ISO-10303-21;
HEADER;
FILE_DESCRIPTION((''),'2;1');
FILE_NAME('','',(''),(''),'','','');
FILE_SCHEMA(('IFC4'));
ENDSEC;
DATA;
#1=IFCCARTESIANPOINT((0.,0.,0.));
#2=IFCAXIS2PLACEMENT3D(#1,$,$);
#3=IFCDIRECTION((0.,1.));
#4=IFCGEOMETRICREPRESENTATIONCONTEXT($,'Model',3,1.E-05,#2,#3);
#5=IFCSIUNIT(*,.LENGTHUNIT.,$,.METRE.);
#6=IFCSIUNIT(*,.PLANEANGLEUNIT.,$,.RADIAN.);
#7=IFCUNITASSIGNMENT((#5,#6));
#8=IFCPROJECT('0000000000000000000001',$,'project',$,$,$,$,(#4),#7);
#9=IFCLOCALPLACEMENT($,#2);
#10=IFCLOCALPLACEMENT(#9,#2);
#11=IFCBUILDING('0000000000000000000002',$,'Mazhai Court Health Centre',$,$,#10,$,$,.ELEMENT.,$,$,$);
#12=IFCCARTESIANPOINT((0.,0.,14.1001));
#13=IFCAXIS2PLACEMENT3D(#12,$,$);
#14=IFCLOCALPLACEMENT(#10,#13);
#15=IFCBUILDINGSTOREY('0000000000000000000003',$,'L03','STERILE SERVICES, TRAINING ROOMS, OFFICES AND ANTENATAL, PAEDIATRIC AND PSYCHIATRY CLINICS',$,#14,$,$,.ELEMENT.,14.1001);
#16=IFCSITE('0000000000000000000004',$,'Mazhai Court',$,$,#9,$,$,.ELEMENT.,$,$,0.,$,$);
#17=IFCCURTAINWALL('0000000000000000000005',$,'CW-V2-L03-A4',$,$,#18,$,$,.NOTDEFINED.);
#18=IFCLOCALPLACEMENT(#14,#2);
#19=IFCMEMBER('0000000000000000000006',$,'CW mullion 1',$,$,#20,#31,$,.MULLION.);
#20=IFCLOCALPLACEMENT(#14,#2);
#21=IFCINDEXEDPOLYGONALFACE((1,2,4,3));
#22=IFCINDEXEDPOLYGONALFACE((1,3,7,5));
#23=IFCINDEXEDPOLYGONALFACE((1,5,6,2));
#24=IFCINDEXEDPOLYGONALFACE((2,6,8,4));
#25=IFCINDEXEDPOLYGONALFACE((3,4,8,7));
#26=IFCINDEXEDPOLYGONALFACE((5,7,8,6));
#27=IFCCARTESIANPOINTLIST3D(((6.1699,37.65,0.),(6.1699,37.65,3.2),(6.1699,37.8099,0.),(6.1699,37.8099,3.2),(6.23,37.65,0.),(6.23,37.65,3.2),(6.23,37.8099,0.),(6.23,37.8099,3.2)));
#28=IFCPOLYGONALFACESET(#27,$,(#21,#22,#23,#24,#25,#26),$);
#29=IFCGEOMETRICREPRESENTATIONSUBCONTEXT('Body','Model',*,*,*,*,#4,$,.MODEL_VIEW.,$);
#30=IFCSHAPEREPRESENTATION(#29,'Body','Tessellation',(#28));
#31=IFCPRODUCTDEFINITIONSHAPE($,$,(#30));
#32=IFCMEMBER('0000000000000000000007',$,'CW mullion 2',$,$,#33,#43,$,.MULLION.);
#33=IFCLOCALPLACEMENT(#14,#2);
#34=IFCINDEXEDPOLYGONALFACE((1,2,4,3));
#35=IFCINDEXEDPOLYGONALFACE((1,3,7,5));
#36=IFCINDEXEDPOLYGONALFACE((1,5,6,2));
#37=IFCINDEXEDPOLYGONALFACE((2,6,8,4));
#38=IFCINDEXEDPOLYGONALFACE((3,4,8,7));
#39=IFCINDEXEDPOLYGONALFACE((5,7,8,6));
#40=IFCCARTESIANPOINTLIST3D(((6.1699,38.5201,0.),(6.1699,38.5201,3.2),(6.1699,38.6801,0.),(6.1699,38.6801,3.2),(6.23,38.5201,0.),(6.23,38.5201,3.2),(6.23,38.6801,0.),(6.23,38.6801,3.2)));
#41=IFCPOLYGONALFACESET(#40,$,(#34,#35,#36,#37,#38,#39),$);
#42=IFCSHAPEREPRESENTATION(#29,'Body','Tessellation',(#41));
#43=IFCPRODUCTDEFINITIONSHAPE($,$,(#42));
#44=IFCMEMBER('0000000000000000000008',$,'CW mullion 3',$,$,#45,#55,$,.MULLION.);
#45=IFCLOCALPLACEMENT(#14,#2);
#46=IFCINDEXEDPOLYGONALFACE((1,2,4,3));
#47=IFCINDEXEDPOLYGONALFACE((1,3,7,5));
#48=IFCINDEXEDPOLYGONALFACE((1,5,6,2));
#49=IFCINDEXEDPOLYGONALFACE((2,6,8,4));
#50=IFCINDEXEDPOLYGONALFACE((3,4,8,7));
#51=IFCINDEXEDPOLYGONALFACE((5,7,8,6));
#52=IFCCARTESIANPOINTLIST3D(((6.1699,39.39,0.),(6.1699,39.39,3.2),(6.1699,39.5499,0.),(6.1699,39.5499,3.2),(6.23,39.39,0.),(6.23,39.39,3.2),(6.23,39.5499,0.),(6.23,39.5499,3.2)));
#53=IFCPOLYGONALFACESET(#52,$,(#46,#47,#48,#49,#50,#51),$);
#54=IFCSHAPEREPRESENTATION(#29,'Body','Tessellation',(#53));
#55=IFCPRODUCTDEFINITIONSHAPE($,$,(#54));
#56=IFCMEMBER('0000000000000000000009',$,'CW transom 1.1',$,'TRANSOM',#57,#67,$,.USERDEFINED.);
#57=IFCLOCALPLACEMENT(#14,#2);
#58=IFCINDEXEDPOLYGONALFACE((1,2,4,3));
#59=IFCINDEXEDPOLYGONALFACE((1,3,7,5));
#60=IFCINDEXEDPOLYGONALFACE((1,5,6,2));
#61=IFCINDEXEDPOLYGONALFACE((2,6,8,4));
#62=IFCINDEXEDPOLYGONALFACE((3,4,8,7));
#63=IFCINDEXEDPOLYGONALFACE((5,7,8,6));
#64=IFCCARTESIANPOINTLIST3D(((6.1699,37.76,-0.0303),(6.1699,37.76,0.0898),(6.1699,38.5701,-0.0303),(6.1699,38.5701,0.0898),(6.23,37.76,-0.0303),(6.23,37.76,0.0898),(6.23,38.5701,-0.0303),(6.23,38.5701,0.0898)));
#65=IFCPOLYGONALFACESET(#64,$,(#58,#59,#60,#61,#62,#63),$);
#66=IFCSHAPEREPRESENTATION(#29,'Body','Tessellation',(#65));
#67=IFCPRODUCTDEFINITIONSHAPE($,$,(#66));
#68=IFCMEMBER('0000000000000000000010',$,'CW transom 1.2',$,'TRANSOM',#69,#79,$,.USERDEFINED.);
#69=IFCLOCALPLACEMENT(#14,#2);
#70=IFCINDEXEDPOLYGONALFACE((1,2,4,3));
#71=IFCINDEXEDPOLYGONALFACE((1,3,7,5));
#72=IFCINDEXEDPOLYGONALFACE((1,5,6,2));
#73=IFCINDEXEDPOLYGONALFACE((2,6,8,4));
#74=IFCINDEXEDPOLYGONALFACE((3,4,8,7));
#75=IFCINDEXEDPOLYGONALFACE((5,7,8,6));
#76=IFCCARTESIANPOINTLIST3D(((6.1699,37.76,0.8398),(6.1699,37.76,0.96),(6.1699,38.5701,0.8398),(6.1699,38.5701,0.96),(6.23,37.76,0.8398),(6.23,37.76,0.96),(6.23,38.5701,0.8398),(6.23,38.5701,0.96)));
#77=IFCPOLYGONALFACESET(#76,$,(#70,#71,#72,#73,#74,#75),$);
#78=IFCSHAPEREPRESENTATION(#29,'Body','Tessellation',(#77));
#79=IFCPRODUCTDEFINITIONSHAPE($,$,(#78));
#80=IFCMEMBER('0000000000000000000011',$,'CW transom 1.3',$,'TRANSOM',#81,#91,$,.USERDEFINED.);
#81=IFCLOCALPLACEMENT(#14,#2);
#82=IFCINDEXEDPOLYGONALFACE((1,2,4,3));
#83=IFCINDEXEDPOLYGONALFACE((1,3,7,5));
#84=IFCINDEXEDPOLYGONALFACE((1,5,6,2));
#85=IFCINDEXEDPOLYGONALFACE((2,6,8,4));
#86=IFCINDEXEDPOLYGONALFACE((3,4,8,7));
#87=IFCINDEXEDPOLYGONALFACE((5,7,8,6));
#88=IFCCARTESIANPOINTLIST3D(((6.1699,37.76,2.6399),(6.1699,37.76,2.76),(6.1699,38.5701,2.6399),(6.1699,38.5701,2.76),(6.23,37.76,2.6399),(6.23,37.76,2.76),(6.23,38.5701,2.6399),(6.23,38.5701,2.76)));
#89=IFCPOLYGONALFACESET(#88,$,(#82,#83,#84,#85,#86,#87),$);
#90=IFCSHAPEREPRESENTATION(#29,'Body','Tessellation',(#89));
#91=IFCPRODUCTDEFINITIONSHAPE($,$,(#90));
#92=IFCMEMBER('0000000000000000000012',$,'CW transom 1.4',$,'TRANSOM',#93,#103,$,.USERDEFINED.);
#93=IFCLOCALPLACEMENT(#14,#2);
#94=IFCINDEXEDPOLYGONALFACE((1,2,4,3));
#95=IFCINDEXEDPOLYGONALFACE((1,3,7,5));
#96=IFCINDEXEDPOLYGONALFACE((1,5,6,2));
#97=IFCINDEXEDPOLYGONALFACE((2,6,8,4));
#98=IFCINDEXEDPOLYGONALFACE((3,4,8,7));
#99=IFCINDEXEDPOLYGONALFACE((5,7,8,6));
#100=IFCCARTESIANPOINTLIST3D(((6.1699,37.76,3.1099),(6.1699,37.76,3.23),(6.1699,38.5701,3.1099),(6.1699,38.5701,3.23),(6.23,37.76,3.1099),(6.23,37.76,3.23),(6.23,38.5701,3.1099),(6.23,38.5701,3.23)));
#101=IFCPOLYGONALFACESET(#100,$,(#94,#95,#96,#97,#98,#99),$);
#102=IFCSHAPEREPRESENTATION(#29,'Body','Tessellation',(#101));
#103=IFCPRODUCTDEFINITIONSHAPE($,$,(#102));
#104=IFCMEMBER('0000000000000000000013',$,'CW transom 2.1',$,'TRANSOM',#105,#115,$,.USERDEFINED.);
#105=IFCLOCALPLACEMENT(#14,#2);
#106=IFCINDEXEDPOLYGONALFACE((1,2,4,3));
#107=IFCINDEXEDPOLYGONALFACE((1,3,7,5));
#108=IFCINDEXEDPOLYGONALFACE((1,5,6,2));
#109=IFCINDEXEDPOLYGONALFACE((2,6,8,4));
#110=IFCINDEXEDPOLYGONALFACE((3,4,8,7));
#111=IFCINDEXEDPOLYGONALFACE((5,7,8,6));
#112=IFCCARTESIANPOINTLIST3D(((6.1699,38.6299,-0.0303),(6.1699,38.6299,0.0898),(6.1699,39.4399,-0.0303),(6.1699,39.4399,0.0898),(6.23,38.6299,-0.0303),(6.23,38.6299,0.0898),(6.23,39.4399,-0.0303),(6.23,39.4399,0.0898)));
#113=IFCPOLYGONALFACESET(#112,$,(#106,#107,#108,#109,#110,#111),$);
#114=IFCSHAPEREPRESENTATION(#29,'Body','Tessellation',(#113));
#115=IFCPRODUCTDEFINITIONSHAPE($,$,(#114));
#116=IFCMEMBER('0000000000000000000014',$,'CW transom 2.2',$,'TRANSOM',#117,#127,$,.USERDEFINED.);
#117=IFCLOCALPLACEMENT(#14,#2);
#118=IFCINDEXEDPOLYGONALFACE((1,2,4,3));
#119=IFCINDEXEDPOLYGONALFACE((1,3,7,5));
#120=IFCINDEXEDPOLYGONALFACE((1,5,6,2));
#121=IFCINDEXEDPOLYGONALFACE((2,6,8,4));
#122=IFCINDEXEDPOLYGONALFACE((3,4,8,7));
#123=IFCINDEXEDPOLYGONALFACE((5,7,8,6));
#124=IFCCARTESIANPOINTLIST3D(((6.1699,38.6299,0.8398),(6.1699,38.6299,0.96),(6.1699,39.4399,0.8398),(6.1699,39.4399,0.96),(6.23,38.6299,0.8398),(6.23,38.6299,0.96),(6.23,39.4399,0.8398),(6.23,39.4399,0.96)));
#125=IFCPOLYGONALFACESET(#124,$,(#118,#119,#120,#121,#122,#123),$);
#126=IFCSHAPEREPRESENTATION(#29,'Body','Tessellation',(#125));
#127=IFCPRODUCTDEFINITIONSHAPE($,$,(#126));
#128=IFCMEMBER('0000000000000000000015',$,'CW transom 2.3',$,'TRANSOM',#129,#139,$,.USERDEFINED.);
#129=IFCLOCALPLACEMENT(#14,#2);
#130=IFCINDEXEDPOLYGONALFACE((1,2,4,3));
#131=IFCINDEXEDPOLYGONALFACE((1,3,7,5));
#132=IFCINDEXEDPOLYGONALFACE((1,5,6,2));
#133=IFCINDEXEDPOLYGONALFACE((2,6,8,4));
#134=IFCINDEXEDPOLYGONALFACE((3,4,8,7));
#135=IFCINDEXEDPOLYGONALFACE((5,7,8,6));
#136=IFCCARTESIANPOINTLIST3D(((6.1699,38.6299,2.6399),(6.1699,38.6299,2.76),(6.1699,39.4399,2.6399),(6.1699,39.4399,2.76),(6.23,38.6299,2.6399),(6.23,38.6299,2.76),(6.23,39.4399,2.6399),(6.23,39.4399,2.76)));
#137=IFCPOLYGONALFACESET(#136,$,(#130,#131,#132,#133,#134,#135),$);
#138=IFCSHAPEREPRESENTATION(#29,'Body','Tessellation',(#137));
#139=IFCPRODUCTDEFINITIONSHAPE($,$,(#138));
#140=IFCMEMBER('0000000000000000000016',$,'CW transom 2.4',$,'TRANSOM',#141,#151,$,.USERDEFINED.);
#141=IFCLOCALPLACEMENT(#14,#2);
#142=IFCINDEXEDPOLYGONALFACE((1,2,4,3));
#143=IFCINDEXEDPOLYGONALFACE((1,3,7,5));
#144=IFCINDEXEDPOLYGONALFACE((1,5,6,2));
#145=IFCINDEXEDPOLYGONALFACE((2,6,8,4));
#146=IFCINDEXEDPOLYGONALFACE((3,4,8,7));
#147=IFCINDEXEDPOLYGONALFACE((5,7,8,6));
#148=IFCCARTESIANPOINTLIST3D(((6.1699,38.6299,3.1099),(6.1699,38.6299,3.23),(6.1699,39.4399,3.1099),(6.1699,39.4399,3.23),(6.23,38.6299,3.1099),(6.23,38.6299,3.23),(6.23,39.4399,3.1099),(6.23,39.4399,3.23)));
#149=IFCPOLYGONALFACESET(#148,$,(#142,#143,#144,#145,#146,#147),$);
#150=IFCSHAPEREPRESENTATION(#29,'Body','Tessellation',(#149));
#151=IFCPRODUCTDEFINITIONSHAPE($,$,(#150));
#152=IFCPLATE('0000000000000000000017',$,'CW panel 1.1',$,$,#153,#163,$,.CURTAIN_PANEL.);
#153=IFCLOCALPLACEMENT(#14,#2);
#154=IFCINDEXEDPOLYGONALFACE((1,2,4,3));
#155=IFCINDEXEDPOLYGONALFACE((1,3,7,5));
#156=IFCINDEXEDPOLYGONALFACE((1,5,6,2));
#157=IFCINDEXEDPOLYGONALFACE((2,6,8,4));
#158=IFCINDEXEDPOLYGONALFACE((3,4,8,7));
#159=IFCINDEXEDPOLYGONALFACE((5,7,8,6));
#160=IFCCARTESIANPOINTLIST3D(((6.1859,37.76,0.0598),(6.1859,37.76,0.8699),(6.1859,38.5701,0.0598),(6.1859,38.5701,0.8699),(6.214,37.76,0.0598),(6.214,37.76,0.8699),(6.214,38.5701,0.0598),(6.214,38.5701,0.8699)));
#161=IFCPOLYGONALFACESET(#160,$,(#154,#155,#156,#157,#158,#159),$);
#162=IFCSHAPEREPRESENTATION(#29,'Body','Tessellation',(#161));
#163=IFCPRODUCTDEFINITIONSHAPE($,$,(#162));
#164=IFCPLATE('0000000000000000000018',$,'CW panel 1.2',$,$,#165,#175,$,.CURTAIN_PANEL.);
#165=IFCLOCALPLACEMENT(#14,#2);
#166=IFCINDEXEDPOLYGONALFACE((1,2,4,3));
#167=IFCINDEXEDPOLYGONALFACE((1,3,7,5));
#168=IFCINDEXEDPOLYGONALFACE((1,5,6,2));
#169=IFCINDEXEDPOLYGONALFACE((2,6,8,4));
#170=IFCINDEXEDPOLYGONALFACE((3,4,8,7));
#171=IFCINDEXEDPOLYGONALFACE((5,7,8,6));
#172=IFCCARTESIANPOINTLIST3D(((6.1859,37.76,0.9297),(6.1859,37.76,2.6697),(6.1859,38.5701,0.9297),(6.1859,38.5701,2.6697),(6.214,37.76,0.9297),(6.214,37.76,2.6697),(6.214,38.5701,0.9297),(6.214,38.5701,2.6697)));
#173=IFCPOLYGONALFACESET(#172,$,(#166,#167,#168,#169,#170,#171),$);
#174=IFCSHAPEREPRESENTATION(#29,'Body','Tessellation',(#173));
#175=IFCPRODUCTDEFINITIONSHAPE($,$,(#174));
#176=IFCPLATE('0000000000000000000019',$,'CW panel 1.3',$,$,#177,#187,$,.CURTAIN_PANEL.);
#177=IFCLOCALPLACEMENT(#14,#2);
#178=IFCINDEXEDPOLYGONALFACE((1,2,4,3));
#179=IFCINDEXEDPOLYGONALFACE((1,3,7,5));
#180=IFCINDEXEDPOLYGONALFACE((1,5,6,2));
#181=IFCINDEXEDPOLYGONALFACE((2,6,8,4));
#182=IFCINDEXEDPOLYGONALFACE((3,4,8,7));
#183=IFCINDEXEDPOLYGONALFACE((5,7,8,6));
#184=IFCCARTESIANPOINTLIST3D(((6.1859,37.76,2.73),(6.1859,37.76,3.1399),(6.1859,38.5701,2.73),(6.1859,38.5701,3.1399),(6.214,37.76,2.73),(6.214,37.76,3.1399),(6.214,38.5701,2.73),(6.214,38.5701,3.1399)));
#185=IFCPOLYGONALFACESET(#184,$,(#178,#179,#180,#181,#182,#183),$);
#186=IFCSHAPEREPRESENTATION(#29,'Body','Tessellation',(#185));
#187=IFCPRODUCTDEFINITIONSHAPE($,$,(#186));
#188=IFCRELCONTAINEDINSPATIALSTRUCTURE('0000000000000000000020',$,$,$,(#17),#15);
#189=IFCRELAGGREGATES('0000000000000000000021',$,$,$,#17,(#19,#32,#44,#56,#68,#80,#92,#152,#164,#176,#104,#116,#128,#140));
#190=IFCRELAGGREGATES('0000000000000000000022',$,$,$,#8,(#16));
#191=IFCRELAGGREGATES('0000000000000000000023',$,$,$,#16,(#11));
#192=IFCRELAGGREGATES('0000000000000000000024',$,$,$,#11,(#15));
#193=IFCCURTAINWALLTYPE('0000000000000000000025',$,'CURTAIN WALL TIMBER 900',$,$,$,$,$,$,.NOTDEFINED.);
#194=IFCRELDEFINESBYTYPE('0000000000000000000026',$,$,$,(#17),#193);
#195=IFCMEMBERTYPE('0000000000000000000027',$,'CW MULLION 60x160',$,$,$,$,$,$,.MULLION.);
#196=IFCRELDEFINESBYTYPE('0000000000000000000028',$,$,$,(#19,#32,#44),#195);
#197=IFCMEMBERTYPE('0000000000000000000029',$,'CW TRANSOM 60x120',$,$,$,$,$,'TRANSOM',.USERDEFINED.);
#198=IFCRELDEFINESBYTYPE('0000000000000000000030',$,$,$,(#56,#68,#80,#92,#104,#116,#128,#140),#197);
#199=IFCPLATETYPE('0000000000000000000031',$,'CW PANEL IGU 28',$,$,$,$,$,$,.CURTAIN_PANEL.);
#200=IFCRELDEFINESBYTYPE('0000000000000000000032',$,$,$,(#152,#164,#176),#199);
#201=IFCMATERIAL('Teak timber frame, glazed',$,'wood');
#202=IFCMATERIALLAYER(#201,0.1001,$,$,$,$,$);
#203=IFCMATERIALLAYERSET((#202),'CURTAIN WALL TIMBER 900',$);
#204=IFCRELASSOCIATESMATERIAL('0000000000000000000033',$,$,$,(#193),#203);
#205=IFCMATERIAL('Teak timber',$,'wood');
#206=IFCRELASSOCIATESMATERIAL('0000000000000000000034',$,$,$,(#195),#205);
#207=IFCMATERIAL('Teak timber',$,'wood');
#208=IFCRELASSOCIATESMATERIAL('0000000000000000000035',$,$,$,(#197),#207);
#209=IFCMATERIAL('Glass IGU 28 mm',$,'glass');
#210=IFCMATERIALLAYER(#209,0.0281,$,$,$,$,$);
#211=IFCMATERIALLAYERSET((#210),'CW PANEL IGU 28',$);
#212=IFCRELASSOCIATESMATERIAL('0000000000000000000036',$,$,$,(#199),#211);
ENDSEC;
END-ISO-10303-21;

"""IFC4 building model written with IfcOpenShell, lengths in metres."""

from ifc_helpers import new_model, si_unit, direction, frame, origin, origin_2d, place, context, subcontext, project, spatial, rectangle, extrude, material, layer, layer_set, material_profile, profile_set, type_object, element, aggregate, save


model = new_model("IFC4")

# Units and contexts
model_context = context("Model", 3, precision=1e-05, world=origin(), true_north=direction((0.0, 1.0)))
body_context = subcontext(model_context, "Body", "Model", "MODEL_VIEW")
ifc_project = project(units=[si_unit("LENGTHUNIT", "METRE"), si_unit("PLANEANGLEUNIT", "RADIAN")], contexts=[model_context])

# Site, building, storey
site_placement = place(None, origin())
site = spatial("IfcSite", under=ifc_project, at=site_placement, Name="Mazhai Court", CompositionType="ELEMENT", RefElevation=0.0)
building_placement = place(site_placement, origin())
building = spatial("IfcBuilding", under=site, at=building_placement, Name="Mazhai Court Health Centre", CompositionType="ELEMENT")
storey_placement = place(building_placement, frame((0.0, 0.0, 14.1001)))
storey = spatial("IfcBuildingStorey", under=building, at=storey_placement, Name="L03", Description="STERILE SERVICES, TRAINING ROOMS, OFFICES AND ANTENATAL, PAEDIATRIC AND PSYCHIATRY CLINICS", CompositionType="ELEMENT", Elevation=14.1001)

# Curtain wall, members, plates
ifc_material_1 = material(Name="Teak timber frame, glazed", Category="wood")
ifc_layer_1 = layer(ifc_material_1, 0.1001)
ifc_layer_set_1 = layer_set([ifc_layer_1], Name="CURTAIN WALL TIMBER 900")
curtain_wall_type = type_object("IfcCurtainWallType", Name="CURTAIN WALL TIMBER 900", PredefinedType="NOTDEFINED", material=ifc_layer_set_1)
curtain_wall_placement = place(storey_placement, origin())
curtain_wall = element("IfcCurtainWall", 1, at=curtain_wall_placement, inside=storey, type_object=curtain_wall_type, Name="CW-V2-L03-A4", PredefinedType="NOTDEFINED")
ifc_material_2 = material(Name="Teak timber", Category="wood")
ifc_material_profile_1 = material_profile(ifc_material_2, rectangle(XDim=0.0601, YDim=0.1599, at=origin_2d()), Name="CW MULLION 60x160")
ifc_profile_set_1 = profile_set([ifc_material_profile_1], Name="Teak timber")
member_type_1 = type_object("IfcMemberType", Name="CW MULLION 60x160", PredefinedType="MULLION", material=ifc_profile_set_1)
member_1_placement = place(storey_placement, frame((6.2, 37.73, 0.0), z_axis=(0.0, 0.0, 1.0), x_axis=(-1.0, 0.0, 0.0)))
member_1 = element("IfcMember", 2, at=member_1_placement, type_object=member_type_1, Name="CW mullion 1", PredefinedType="MULLION", context=body_context, shape_type="SweptSolid", body=[
    extrude(rectangle(XDim=0.0601, YDim=0.1599, at=origin_2d()), origin(), (0.0, 0.0, 1.0), 3.2),
])
member_2_placement = place(storey_placement, frame((6.2, 38.6001, 0.0), z_axis=(0.0, 0.0, 1.0), x_axis=(-1.0, 0.0, 0.0)))
member_2 = element("IfcMember", 3, at=member_2_placement, type_object=member_type_1, Name="CW mullion 2", PredefinedType="MULLION", context=body_context, shape_type="SweptSolid", body=[
    extrude(rectangle(XDim=0.0601, YDim=0.1599, at=origin_2d()), origin(), (0.0, 0.0, 1.0), 3.2),
])
member_3_placement = place(storey_placement, frame((6.2, 39.47, 0.0), z_axis=(0.0, 0.0, 1.0), x_axis=(-1.0, 0.0, 0.0)))
member_3 = element("IfcMember", 4, at=member_3_placement, type_object=member_type_1, Name="CW mullion 3", PredefinedType="MULLION", context=body_context, shape_type="SweptSolid", body=[
    extrude(rectangle(XDim=0.0601, YDim=0.1599, at=origin_2d()), origin(), (0.0, 0.0, 1.0), 3.2),
])
ifc_material_3 = material(Name="Teak timber", Category="wood")
ifc_material_profile_2 = material_profile(ifc_material_3, rectangle(XDim=0.0601, YDim=0.1201, at=origin_2d()), Name="CW TRANSOM 60x120")
ifc_profile_set_2 = profile_set([ifc_material_profile_2], Name="Teak timber")
member_type_2 = type_object("IfcMemberType", Name="CW TRANSOM 60x120", ElementType="TRANSOM", PredefinedType="USERDEFINED", material=ifc_profile_set_2)
member_4_placement = place(storey_placement, frame((6.2, 37.76, 0.0298), z_axis=(0.0, 1.0, 0.0), x_axis=(-1.0, 0.0, 0.0)))
member_4 = element("IfcMember", 5, at=member_4_placement, type_object=member_type_2, Name="CW transom 1.1", ObjectType="TRANSOM", PredefinedType="USERDEFINED", context=body_context, shape_type="SweptSolid", body=[
    extrude(rectangle(XDim=0.0601, YDim=0.1201, at=origin_2d()), origin(), (0.0, 0.0, 1.0), 0.8101),
])
member_5_placement = place(storey_placement, frame((6.2, 37.76, 0.8999), z_axis=(0.0, 1.0, 0.0), x_axis=(-1.0, 0.0, 0.0)))
member_5 = element("IfcMember", 6, at=member_5_placement, type_object=member_type_2, Name="CW transom 1.2", ObjectType="TRANSOM", PredefinedType="USERDEFINED", context=body_context, shape_type="SweptSolid", body=[
    extrude(rectangle(XDim=0.0601, YDim=0.1201, at=origin_2d()), origin(), (0.0, 0.0, 1.0), 0.8101),
])
member_6_placement = place(storey_placement, frame((6.2, 37.76, 2.7), z_axis=(0.0, 1.0, 0.0), x_axis=(-1.0, 0.0, 0.0)))
member_6 = element("IfcMember", 7, at=member_6_placement, type_object=member_type_2, Name="CW transom 1.3", ObjectType="TRANSOM", PredefinedType="USERDEFINED", context=body_context, shape_type="SweptSolid", body=[
    extrude(rectangle(XDim=0.0601, YDim=0.1201, at=origin_2d()), origin(), (0.0, 0.0, 1.0), 0.8101),
])
member_7_placement = place(storey_placement, frame((6.2, 37.76, 3.1699), z_axis=(0.0, 1.0, 0.0), x_axis=(-1.0, 0.0, 0.0)))
member_7 = element("IfcMember", 8, at=member_7_placement, type_object=member_type_2, Name="CW transom 1.4", ObjectType="TRANSOM", PredefinedType="USERDEFINED", context=body_context, shape_type="SweptSolid", body=[
    extrude(rectangle(XDim=0.0601, YDim=0.1201, at=origin_2d()), origin(), (0.0, 0.0, 1.0), 0.8101),
])
member_8_placement = place(storey_placement, frame((6.2, 38.6299, 0.0298), z_axis=(0.0, 1.0, 0.0), x_axis=(-1.0, 0.0, 0.0)))
member_8 = element("IfcMember", 9, at=member_8_placement, type_object=member_type_2, Name="CW transom 2.1", ObjectType="TRANSOM", PredefinedType="USERDEFINED", context=body_context, shape_type="SweptSolid", body=[
    extrude(rectangle(XDim=0.0601, YDim=0.1201, at=origin_2d()), origin(), (0.0, 0.0, 1.0), 0.8101),
])
member_9_placement = place(storey_placement, frame((6.2, 38.6299, 0.8999), z_axis=(0.0, 1.0, 0.0), x_axis=(-1.0, 0.0, 0.0)))
member_9 = element("IfcMember", 10, at=member_9_placement, type_object=member_type_2, Name="CW transom 2.2", ObjectType="TRANSOM", PredefinedType="USERDEFINED", context=body_context, shape_type="SweptSolid", body=[
    extrude(rectangle(XDim=0.0601, YDim=0.1201, at=origin_2d()), origin(), (0.0, 0.0, 1.0), 0.8101),
])
member_10_placement = place(storey_placement, frame((6.2, 38.6299, 2.7), z_axis=(0.0, 1.0, 0.0), x_axis=(-1.0, 0.0, 0.0)))
member_10 = element("IfcMember", 11, at=member_10_placement, type_object=member_type_2, Name="CW transom 2.3", ObjectType="TRANSOM", PredefinedType="USERDEFINED", context=body_context, shape_type="SweptSolid", body=[
    extrude(rectangle(XDim=0.0601, YDim=0.1201, at=origin_2d()), origin(), (0.0, 0.0, 1.0), 0.8101),
])
member_11_placement = place(storey_placement, frame((6.2, 38.6299, 3.1699), z_axis=(0.0, 1.0, 0.0), x_axis=(-1.0, 0.0, 0.0)))
member_11 = element("IfcMember", 12, at=member_11_placement, type_object=member_type_2, Name="CW transom 2.4", ObjectType="TRANSOM", PredefinedType="USERDEFINED", context=body_context, shape_type="SweptSolid", body=[
    extrude(rectangle(XDim=0.0601, YDim=0.1201, at=origin_2d()), origin(), (0.0, 0.0, 1.0), 0.8101),
])
ifc_material_4 = material(Name="Glass IGU 28 mm", Category="glass")
ifc_layer_2 = layer(ifc_material_4, 0.0281)
ifc_layer_set_2 = layer_set([ifc_layer_2], Name="CW PANEL IGU 28")
plate_type = type_object("IfcPlateType", Name="CW PANEL IGU 28", PredefinedType="CURTAIN_PANEL", material=ifc_layer_set_2)
plate_1_placement = place(storey_placement, frame((6.2, 38.165, 0.0598), z_axis=(0.0, 0.0, 1.0), x_axis=(0.0, 1.0, 0.0)))
plate_1 = element("IfcPlate", 13, at=plate_1_placement, type_object=plate_type, Name="CW panel 1.1", PredefinedType="CURTAIN_PANEL", context=body_context, shape_type="SweptSolid", body=[
    extrude(rectangle(XDim=0.8101, YDim=0.0281, at=origin_2d()), origin(), (0.0, 0.0, 1.0), 0.8101),
])
plate_2_placement = place(storey_placement, frame((6.2, 38.165, 0.9297), z_axis=(0.0, 0.0, 1.0), x_axis=(0.0, 1.0, 0.0)))
plate_2 = element("IfcPlate", 14, at=plate_2_placement, type_object=plate_type, Name="CW panel 1.2", PredefinedType="CURTAIN_PANEL", context=body_context, shape_type="SweptSolid", body=[
    extrude(rectangle(XDim=0.8101, YDim=0.0281, at=origin_2d()), origin(), (0.0, 0.0, 1.0), 1.74),
])
plate_3_placement = place(storey_placement, frame((6.2, 38.165, 2.73), z_axis=(0.0, 0.0, 1.0), x_axis=(0.0, 1.0, 0.0)))
plate_3 = element("IfcPlate", 15, at=plate_3_placement, type_object=plate_type, Name="CW panel 1.3", PredefinedType="CURTAIN_PANEL", context=body_context, shape_type="SweptSolid", body=[
    extrude(rectangle(XDim=0.8101, YDim=0.0281, at=origin_2d()), origin(), (0.0, 0.0, 1.0), 0.4099),
])
aggregate(curtain_wall, [member_1, member_2, member_3, member_4, member_5, member_6, member_7, plate_1, plate_2, plate_3, member_8, member_9, member_10, member_11])

save(model, "model.ifc")
